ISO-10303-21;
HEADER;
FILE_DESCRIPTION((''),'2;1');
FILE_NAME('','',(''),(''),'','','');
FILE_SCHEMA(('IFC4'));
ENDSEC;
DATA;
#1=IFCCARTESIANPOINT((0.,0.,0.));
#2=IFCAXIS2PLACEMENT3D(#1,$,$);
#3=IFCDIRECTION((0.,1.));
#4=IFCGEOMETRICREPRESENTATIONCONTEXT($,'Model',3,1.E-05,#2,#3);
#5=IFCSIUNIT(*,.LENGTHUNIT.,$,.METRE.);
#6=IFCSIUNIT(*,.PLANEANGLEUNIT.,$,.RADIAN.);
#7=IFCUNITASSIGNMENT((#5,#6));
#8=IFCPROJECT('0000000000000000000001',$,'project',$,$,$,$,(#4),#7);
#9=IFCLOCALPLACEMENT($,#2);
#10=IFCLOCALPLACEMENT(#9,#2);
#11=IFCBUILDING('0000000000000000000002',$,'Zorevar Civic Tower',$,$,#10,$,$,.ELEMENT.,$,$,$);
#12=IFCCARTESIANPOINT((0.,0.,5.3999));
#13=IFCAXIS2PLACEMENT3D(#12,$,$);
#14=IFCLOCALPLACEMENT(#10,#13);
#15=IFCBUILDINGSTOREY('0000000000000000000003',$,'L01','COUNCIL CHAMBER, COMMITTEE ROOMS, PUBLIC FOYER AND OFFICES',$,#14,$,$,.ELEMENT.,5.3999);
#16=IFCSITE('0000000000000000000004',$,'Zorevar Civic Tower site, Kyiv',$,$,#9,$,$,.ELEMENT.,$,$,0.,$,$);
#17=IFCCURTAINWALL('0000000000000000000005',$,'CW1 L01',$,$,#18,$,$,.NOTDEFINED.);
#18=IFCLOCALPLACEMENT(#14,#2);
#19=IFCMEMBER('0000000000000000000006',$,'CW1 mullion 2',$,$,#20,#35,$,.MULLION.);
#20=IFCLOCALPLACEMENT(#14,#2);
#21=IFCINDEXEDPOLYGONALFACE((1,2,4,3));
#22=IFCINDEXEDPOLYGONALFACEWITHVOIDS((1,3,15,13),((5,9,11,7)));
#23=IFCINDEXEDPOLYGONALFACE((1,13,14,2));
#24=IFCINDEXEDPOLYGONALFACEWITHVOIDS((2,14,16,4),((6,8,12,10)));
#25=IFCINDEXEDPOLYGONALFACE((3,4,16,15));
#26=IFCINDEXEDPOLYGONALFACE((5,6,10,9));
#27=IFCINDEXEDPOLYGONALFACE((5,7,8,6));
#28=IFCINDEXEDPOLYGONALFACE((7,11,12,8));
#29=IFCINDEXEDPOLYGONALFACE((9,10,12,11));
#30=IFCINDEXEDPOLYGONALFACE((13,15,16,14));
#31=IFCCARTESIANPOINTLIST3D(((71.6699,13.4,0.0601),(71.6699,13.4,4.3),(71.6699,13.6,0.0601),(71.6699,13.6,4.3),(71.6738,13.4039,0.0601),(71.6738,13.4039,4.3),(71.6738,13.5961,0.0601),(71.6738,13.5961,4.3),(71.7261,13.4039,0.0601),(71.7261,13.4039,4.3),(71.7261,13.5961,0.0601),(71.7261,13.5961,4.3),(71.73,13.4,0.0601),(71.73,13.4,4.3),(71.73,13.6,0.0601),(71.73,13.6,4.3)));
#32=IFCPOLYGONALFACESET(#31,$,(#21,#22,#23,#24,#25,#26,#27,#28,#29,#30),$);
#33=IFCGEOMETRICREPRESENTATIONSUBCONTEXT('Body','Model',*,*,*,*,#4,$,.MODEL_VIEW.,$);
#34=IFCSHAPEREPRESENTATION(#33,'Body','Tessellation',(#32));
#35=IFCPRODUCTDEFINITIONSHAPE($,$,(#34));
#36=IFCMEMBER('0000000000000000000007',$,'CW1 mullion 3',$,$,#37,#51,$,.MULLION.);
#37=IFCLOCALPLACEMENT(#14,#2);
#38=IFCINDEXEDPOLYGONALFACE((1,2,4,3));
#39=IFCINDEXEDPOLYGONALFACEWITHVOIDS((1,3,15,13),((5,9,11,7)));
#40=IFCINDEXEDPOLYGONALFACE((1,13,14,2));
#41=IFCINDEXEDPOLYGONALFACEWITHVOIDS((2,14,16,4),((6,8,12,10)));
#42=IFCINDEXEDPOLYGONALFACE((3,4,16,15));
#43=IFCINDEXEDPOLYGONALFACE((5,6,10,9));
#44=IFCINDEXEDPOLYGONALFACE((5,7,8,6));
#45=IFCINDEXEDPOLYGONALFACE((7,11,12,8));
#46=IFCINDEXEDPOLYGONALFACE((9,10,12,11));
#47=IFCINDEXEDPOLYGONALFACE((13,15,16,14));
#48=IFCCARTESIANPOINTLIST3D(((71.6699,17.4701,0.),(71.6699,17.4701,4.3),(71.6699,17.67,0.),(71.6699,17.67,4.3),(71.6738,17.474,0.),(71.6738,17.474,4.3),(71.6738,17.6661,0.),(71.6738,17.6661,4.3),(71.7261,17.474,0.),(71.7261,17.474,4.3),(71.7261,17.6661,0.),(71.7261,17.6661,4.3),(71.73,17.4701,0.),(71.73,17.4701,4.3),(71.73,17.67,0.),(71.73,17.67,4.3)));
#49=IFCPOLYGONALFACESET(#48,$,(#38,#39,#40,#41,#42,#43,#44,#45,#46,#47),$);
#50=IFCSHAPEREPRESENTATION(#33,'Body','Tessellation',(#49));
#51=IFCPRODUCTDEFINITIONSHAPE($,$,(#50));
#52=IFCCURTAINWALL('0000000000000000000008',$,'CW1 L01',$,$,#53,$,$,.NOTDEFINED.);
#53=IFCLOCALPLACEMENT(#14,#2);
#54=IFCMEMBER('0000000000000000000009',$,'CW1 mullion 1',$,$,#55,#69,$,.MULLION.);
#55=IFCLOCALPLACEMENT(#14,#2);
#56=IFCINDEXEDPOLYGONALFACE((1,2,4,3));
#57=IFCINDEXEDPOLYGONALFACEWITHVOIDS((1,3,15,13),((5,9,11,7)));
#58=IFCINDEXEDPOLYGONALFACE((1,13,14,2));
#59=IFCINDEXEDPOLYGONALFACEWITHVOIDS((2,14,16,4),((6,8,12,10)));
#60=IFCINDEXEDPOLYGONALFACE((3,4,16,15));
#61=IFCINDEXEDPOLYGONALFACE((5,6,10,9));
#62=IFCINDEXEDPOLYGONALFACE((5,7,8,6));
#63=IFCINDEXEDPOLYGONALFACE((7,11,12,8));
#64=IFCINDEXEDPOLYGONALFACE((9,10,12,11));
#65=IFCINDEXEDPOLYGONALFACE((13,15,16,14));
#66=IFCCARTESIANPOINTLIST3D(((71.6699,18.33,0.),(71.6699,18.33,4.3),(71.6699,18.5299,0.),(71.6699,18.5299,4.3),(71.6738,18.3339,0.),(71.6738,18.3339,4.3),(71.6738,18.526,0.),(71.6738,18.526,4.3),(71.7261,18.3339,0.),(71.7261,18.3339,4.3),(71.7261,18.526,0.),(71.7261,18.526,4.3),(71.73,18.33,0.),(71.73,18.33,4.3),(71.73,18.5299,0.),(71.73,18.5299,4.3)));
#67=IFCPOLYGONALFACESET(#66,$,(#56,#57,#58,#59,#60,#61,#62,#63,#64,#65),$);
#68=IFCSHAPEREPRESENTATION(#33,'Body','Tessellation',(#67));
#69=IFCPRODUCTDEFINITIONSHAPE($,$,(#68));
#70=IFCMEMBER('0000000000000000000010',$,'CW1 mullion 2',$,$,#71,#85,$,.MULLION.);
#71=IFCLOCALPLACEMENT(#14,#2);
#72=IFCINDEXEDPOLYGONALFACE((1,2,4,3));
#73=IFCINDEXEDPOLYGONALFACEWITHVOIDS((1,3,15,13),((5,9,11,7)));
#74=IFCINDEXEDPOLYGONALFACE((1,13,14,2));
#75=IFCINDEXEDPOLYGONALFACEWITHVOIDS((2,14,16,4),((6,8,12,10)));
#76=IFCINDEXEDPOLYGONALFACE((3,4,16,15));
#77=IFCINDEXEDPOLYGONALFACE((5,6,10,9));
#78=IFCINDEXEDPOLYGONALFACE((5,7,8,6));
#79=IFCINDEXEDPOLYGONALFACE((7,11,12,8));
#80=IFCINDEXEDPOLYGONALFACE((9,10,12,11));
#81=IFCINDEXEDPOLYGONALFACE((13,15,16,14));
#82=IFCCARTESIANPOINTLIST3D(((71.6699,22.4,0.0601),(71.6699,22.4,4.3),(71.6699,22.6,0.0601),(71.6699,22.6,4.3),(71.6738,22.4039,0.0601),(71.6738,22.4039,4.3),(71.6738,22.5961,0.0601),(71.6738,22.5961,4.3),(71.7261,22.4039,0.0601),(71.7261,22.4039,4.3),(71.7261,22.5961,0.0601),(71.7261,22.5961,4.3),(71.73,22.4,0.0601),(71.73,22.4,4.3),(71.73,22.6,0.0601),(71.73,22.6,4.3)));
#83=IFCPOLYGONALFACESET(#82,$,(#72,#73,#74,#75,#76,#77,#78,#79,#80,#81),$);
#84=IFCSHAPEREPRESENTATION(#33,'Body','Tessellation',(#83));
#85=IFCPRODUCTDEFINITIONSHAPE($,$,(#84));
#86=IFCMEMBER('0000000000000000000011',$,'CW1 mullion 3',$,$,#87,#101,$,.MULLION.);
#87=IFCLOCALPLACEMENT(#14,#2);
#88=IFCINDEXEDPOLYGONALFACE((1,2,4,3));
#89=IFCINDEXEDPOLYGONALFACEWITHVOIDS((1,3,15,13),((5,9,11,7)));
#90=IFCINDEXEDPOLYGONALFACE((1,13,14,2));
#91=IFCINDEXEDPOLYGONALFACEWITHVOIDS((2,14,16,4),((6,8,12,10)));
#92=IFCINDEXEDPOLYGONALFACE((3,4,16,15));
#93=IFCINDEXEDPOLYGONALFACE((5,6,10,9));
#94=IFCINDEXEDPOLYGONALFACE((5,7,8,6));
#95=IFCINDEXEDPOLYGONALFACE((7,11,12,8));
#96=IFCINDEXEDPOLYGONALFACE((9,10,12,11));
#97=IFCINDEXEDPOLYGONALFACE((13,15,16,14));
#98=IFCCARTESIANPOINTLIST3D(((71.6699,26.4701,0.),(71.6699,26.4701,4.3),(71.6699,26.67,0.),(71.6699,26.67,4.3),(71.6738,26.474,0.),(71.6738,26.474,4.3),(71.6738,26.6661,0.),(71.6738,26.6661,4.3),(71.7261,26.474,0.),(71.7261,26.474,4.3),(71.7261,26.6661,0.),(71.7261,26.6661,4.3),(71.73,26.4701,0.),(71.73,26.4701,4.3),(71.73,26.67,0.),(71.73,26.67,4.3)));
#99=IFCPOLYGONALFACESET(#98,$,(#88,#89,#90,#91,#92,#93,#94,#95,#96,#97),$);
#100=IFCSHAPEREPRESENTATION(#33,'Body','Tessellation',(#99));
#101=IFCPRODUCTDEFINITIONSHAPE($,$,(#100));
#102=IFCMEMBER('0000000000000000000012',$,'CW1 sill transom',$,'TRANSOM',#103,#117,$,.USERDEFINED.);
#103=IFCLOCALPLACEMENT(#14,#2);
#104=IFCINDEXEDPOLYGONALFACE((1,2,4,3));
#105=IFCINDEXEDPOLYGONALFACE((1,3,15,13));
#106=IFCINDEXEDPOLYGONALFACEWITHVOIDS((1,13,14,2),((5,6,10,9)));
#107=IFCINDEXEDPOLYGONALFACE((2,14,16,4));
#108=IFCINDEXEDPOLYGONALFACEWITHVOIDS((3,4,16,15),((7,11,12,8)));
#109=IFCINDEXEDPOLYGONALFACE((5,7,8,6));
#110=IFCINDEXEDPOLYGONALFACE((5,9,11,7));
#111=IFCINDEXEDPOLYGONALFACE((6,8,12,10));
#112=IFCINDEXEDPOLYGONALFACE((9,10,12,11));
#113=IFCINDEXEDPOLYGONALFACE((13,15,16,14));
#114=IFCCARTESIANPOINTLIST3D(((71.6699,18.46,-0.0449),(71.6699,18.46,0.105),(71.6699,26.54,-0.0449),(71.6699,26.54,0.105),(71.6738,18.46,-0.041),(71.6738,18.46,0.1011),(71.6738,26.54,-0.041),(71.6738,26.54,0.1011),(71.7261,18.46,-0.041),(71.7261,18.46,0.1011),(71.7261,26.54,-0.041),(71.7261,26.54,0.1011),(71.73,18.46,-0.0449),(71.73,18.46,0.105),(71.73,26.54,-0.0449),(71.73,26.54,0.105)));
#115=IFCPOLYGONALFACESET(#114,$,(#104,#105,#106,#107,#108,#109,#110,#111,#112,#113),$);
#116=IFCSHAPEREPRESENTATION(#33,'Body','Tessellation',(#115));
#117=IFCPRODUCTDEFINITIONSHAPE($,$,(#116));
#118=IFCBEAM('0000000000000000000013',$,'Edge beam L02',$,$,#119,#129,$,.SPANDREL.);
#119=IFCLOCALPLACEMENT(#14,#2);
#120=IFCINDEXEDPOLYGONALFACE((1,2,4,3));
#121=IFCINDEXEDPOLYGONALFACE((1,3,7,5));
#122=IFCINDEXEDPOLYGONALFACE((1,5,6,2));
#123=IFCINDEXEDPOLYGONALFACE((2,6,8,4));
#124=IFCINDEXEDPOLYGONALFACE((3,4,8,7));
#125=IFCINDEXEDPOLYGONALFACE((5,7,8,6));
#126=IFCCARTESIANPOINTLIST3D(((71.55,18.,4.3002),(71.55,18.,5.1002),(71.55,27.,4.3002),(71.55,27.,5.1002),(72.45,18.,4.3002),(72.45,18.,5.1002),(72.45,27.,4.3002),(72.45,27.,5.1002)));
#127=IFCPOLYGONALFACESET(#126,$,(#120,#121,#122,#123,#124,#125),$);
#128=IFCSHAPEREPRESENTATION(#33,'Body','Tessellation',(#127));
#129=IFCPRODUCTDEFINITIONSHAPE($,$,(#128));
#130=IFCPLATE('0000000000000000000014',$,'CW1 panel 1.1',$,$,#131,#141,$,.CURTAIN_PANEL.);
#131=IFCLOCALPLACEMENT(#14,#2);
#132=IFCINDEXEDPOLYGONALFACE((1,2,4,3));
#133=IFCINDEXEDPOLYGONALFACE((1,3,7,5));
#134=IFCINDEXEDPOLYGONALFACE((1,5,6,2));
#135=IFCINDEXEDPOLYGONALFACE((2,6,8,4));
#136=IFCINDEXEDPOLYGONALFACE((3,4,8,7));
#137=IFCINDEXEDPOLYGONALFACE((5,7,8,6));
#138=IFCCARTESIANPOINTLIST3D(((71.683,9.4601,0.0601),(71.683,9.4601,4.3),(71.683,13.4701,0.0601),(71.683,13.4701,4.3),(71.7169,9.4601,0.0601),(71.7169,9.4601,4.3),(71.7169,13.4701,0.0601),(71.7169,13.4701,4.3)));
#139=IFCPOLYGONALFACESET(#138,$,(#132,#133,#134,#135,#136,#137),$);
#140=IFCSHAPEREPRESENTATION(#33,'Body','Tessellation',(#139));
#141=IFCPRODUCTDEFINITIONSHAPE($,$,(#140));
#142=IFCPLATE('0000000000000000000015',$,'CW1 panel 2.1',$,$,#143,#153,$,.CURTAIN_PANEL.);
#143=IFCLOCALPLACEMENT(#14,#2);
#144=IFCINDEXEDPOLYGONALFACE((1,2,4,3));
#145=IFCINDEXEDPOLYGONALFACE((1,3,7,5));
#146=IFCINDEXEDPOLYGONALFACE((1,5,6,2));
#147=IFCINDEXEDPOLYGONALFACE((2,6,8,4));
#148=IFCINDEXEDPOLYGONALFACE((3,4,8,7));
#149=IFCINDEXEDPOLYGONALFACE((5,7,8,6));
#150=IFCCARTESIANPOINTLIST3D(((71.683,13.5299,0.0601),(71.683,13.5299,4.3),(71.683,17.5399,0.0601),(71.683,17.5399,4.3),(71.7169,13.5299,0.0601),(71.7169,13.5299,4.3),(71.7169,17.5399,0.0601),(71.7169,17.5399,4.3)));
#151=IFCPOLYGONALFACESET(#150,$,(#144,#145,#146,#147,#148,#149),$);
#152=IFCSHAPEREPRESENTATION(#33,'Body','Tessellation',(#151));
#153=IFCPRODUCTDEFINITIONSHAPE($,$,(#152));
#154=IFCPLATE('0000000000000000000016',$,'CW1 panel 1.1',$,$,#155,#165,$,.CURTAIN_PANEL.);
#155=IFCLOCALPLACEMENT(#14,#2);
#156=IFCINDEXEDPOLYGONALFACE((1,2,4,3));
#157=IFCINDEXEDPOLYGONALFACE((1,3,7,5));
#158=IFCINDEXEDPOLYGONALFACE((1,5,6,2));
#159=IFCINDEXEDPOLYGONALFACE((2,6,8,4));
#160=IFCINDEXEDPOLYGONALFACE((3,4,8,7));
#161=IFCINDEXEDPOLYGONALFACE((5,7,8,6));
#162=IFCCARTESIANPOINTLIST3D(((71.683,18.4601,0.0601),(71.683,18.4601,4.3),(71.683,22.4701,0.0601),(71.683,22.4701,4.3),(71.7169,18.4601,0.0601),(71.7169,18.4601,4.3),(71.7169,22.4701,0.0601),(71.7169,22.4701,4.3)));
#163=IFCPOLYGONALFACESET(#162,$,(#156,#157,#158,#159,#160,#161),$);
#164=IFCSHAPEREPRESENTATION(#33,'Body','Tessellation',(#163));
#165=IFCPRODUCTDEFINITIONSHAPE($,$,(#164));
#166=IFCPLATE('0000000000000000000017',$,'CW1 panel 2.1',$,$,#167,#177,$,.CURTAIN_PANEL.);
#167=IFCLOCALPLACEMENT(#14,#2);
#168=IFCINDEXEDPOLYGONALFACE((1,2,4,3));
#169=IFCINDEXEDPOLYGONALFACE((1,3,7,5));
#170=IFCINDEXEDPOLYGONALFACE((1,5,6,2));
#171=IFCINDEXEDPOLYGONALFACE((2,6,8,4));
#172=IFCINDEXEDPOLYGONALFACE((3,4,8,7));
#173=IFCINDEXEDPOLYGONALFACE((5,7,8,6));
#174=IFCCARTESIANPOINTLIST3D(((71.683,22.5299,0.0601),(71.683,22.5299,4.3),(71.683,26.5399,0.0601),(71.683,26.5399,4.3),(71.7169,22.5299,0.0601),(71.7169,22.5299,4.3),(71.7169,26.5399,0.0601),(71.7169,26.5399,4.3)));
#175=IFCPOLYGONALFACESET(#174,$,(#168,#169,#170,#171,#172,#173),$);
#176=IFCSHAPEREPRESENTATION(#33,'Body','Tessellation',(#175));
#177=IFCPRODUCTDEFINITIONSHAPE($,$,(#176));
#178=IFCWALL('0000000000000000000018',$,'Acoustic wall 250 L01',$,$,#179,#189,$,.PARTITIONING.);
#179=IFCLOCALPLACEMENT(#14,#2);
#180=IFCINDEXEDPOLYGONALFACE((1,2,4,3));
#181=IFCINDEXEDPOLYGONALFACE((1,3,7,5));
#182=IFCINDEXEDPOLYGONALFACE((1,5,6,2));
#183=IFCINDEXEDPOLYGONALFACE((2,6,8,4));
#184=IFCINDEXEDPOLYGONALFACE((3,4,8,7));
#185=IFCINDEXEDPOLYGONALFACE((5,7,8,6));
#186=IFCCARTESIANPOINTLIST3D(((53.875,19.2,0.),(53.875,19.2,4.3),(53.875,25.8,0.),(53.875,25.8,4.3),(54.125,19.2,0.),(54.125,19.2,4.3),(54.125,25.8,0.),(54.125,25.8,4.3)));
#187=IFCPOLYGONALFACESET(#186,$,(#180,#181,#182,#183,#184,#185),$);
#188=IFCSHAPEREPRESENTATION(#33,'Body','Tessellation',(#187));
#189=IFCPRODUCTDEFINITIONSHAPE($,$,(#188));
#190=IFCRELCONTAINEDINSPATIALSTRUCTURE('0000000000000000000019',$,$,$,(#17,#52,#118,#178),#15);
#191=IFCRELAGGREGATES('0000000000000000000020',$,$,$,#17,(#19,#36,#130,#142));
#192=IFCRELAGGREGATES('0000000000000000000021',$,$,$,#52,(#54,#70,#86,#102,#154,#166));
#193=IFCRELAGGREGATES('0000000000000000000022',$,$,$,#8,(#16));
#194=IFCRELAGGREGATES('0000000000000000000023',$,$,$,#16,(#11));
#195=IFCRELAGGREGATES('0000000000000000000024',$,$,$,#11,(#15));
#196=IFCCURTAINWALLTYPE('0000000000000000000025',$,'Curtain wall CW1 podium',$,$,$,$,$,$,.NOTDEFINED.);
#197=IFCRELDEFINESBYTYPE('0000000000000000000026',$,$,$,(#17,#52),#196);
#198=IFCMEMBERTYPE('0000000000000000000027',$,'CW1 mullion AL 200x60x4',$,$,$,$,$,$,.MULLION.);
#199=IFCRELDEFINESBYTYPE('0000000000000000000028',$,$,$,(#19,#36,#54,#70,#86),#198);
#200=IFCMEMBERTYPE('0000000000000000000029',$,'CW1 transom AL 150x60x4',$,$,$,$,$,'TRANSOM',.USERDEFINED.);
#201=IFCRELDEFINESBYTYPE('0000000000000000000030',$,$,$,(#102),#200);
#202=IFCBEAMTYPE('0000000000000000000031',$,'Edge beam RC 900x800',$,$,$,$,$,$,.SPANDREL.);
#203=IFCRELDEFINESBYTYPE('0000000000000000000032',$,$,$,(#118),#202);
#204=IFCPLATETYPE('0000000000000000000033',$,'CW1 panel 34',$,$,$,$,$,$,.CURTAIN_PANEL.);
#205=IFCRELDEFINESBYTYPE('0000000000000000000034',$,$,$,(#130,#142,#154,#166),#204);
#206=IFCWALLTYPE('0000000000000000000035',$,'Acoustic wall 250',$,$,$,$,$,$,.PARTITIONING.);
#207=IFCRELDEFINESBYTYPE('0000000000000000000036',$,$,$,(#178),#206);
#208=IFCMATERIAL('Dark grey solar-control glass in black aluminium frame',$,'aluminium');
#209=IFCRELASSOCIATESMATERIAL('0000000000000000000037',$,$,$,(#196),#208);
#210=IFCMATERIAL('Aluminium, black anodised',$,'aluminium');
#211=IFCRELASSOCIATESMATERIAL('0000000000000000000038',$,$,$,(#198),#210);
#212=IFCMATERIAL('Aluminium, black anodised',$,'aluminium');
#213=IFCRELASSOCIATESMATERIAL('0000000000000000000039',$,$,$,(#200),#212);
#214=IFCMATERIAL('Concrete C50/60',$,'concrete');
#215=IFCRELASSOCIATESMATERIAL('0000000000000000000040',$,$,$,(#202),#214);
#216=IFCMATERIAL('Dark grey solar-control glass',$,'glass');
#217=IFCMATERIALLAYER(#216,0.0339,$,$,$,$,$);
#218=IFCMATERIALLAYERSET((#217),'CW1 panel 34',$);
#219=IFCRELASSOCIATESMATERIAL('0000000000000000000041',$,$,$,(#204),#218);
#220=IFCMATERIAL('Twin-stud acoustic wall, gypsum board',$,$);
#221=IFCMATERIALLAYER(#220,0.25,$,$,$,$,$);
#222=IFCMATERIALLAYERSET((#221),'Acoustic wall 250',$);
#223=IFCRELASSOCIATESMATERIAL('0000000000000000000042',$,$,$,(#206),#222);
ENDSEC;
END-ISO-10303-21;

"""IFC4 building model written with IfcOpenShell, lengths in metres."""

from ifc_helpers import new_model, si_unit, direction, frame, frame_2d, origin, origin_2d, place, context, subcontext, project, spatial, rectangle, hollow_rectangle, extrude, material, layer, layer_set, material_profile, profile_set, type_object, element, aggregate, save


model = new_model("IFC4")

# Units and contexts
model_context = context("Model", 3, precision=1e-05, world=origin(), true_north=direction((0.0, 1.0)))
body_context = subcontext(model_context, "Body", "Model", "MODEL_VIEW")
ifc_project = project(units=[si_unit("LENGTHUNIT", "METRE"), si_unit("PLANEANGLEUNIT", "RADIAN")], contexts=[model_context])

# Site, building, storey
site_placement = place(None, origin())
site = spatial("IfcSite", under=ifc_project, at=site_placement, Name="Zorevar Civic Tower site, Kyiv", CompositionType="ELEMENT", RefElevation=0.0)
building_placement = place(site_placement, origin())
building = spatial("IfcBuilding", under=site, at=building_placement, Name="Zorevar Civic Tower", CompositionType="ELEMENT")
storey_placement = place(building_placement, frame((0.0, 0.0, 5.3999)))
storey = spatial("IfcBuildingStorey", under=building, at=storey_placement, Name="L01", Description="COUNCIL CHAMBER, COMMITTEE ROOMS, PUBLIC FOYER AND OFFICES", CompositionType="ELEMENT", Elevation=5.3999)

# Curtain walls, members
ifc_material_1 = material(Name="Dark grey solar-control glass in black aluminium frame", Category="aluminium")
curtain_wall_type = type_object("IfcCurtainWallType", Name="Curtain wall CW1 podium", PredefinedType="NOTDEFINED", material=ifc_material_1)
curtain_wall_1_placement = place(storey_placement, origin())
curtain_wall_1 = element("IfcCurtainWall", 1, at=curtain_wall_1_placement, inside=storey, type_object=curtain_wall_type, Name="CW1 L01", PredefinedType="NOTDEFINED")
ifc_material_2 = material(Name="Aluminium, black anodised", Category="aluminium")
ifc_material_profile_1 = material_profile(ifc_material_2, hollow_rectangle(XDim=0.0601, YDim=0.2, WallThickness=0.0039, at=origin_2d()), Name="AL 200x60x4")
ifc_profile_set_1 = profile_set([ifc_material_profile_1], Name="Aluminium, black anodised")
member_type_1 = type_object("IfcMemberType", Name="CW1 mullion AL 200x60x4", PredefinedType="MULLION", material=ifc_profile_set_1)
member_1_placement = place(storey_placement, frame((71.7, 13.5, 0.0601), z_axis=(0.0, 0.0, 1.0), x_axis=(-1.0, 0.0, 0.0)))
member_1 = element("IfcMember", 2, at=member_1_placement, type_object=member_type_1, Name="CW1 mullion 2", PredefinedType="MULLION", context=body_context, shape_type="SweptSolid", body=[
    extrude(hollow_rectangle(XDim=0.0601, YDim=0.2, WallThickness=0.0039, at=origin_2d()), origin(), (0.0, 0.0, 1.0), 4.24),
])
member_2_placement = place(storey_placement, frame((71.7, 17.5701, 0.0), z_axis=(0.0, 0.0, 1.0), x_axis=(-1.0, 0.0, 0.0)))
member_2 = element("IfcMember", 3, at=member_2_placement, type_object=member_type_1, Name="CW1 mullion 3", PredefinedType="MULLION", context=body_context, shape_type="SweptSolid", body=[
    extrude(hollow_rectangle(XDim=0.0601, YDim=0.2, WallThickness=0.0039, at=origin_2d()), origin(), (0.0, 0.0, 1.0), 4.3),
])
curtain_wall_2_placement = place(storey_placement, origin())
curtain_wall_2 = element("IfcCurtainWall", 4, at=curtain_wall_2_placement, inside=storey, type_object=curtain_wall_type, Name="CW1 L01", PredefinedType="NOTDEFINED")
member_3_placement = place(storey_placement, frame((71.7, 18.4299, 0.0), z_axis=(0.0, 0.0, 1.0), x_axis=(-1.0, 0.0, 0.0)))
member_3 = element("IfcMember", 5, at=member_3_placement, type_object=member_type_1, Name="CW1 mullion 1", PredefinedType="MULLION", context=body_context, shape_type="SweptSolid", body=[
    extrude(hollow_rectangle(XDim=0.0601, YDim=0.2, WallThickness=0.0039, at=origin_2d()), origin(), (0.0, 0.0, 1.0), 4.3),
])
member_4_placement = place(storey_placement, frame((71.7, 22.5, 0.0601), z_axis=(0.0, 0.0, 1.0), x_axis=(-1.0, 0.0, 0.0)))
member_4 = element("IfcMember", 6, at=member_4_placement, type_object=member_type_1, Name="CW1 mullion 2", PredefinedType="MULLION", context=body_context, shape_type="SweptSolid", body=[
    extrude(hollow_rectangle(XDim=0.0601, YDim=0.2, WallThickness=0.0039, at=origin_2d()), origin(), (0.0, 0.0, 1.0), 4.24),
])
member_5_placement = place(storey_placement, frame((71.7, 26.5701, 0.0), z_axis=(0.0, 0.0, 1.0), x_axis=(-1.0, 0.0, 0.0)))
member_5 = element("IfcMember", 7, at=member_5_placement, type_object=member_type_1, Name="CW1 mullion 3", PredefinedType="MULLION", context=body_context, shape_type="SweptSolid", body=[
    extrude(hollow_rectangle(XDim=0.0601, YDim=0.2, WallThickness=0.0039, at=origin_2d()), origin(), (0.0, 0.0, 1.0), 4.3),
])
ifc_material_3 = material(Name="Aluminium, black anodised", Category="aluminium")
ifc_material_profile_2 = material_profile(ifc_material_3, hollow_rectangle(XDim=0.0601, YDim=0.1499, WallThickness=0.0039, at=origin_2d()), Name="AL 150x60x4")
ifc_profile_set_2 = profile_set([ifc_material_profile_2], Name="Aluminium, black anodised")
member_type_2 = type_object("IfcMemberType", Name="CW1 transom AL 150x60x4", ElementType="TRANSOM", PredefinedType="USERDEFINED", material=ifc_profile_set_2)
member_6_placement = place(storey_placement, frame((71.7, 18.46, 0.03), z_axis=(0.0, 1.0, 0.0), x_axis=(-1.0, 0.0, 0.0)))
member_6 = element("IfcMember", 8, at=member_6_placement, type_object=member_type_2, Name="CW1 sill transom", ObjectType="TRANSOM", PredefinedType="USERDEFINED", context=body_context, shape_type="SweptSolid", body=[
    extrude(hollow_rectangle(XDim=0.0601, YDim=0.1499, WallThickness=0.0039, at=origin_2d()), origin(), (0.0, 0.0, 1.0), 8.0801),
])

# Beam
ifc_material_4 = material(Name="Concrete C50/60", Category="concrete")
ifc_material_profile_3 = material_profile(ifc_material_4, rectangle(XDim=0.8999, YDim=0.8, at=origin_2d()), Name="RC 900x800")
ifc_profile_set_3 = profile_set([ifc_material_profile_3], Name="Concrete C50/60")
beam_type_1 = type_object("IfcBeamType", Name="Edge beam RC 900x800", PredefinedType="SPANDREL", material=ifc_profile_set_3)
beam_1_placement = place(storey_placement, frame((72.0, 18.0, 4.7002), z_axis=(0.0, 1.0, 0.0), x_axis=(-1.0, 0.0, 0.0)))
element("IfcBeam", 9, at=beam_1_placement, inside=storey, type_object=beam_type_1, Name="Edge beam L02", PredefinedType="SPANDREL", context=body_context, shape_type="SweptSolid", body=[
    extrude(rectangle(XDim=0.8999, YDim=0.8, at=origin_2d()), origin(), (0.0, 0.0, 1.0), 9.0),
])

# Plates
ifc_material_5 = material(Name="Dark grey solar-control glass", Category="glass")
ifc_layer_1 = layer(ifc_material_5, 0.0339)
ifc_layer_set_1 = layer_set([ifc_layer_1], Name="CW1 panel 34")
plate_type = type_object("IfcPlateType", Name="CW1 panel 34", PredefinedType="CURTAIN_PANEL", material=ifc_layer_set_1)
plate_1_placement = place(storey_placement, frame((71.7, 11.4651, 0.0601), z_axis=(0.0, 0.0, 1.0), x_axis=(0.0, 1.0, 0.0)))
plate_1 = element("IfcPlate", 10, at=plate_1_placement, type_object=plate_type, Name="CW1 panel 1.1", PredefinedType="CURTAIN_PANEL", context=body_context, shape_type="SweptSolid", body=[
    extrude(rectangle(XDim=4.01, YDim=0.0339, at=origin_2d()), origin(), (0.0, 0.0, 1.0), 4.24),
])
plate_2_placement = place(storey_placement, frame((71.7, 15.5349, 0.0601), z_axis=(0.0, 0.0, 1.0), x_axis=(0.0, 1.0, 0.0)))
plate_2 = element("IfcPlate", 11, at=plate_2_placement, type_object=plate_type, Name="CW1 panel 2.1", PredefinedType="CURTAIN_PANEL", context=body_context, shape_type="SweptSolid", body=[
    extrude(rectangle(XDim=4.01, YDim=0.0339, at=origin_2d()), origin(), (0.0, 0.0, 1.0), 4.24),
])
aggregate(curtain_wall_1, [member_1, member_2, plate_1, plate_2])
plate_3_placement = place(storey_placement, frame((71.7, 20.4651, 0.0601), z_axis=(0.0, 0.0, 1.0), x_axis=(0.0, 1.0, 0.0)))
plate_3 = element("IfcPlate", 12, at=plate_3_placement, type_object=plate_type, Name="CW1 panel 1.1", PredefinedType="CURTAIN_PANEL", context=body_context, shape_type="SweptSolid", body=[
    extrude(rectangle(XDim=4.01, YDim=0.0339, at=origin_2d()), origin(), (0.0, 0.0, 1.0), 4.24),
])
plate_4_placement = place(storey_placement, frame((71.7, 24.5349, 0.0601), z_axis=(0.0, 0.0, 1.0), x_axis=(0.0, 1.0, 0.0)))
plate_4 = element("IfcPlate", 13, at=plate_4_placement, type_object=plate_type, Name="CW1 panel 2.1", PredefinedType="CURTAIN_PANEL", context=body_context, shape_type="SweptSolid", body=[
    extrude(rectangle(XDim=4.01, YDim=0.0339, at=origin_2d()), origin(), (0.0, 0.0, 1.0), 4.24),
])
aggregate(curtain_wall_2, [member_3, member_4, member_5, member_6, plate_3, plate_4])

# Wall
ifc_material_6 = material(Name="Twin-stud acoustic wall, gypsum board")
ifc_layer_2 = layer(ifc_material_6, 0.25)
ifc_layer_set_2 = layer_set([ifc_layer_2], Name="Acoustic wall 250")
wall_type = type_object("IfcWallType", Name="Acoustic wall 250", PredefinedType="PARTITIONING", material=ifc_layer_set_2)
for number, where, z_axis, x_axis, name in (
    (14, (54.0, 19.2, 0.0), (0.0, 0.0, 1.0), (0.0, 1.0, 0.0), "Acoustic wall 250 L01"),
):
    element("IfcWall", number, at=place(storey_placement, frame(where, z_axis=z_axis, x_axis=x_axis)), inside=storey, type_object=wall_type, Name=name, PredefinedType="PARTITIONING", context=body_context, shape_type="SweptSolid", body=[
        extrude(rectangle(XDim=6.6001, YDim=0.25, at=frame_2d((3.3, 0.0))), origin(), (0.0, 0.0, 1.0), 4.3),
    ])

save(model, "model.ifc")
